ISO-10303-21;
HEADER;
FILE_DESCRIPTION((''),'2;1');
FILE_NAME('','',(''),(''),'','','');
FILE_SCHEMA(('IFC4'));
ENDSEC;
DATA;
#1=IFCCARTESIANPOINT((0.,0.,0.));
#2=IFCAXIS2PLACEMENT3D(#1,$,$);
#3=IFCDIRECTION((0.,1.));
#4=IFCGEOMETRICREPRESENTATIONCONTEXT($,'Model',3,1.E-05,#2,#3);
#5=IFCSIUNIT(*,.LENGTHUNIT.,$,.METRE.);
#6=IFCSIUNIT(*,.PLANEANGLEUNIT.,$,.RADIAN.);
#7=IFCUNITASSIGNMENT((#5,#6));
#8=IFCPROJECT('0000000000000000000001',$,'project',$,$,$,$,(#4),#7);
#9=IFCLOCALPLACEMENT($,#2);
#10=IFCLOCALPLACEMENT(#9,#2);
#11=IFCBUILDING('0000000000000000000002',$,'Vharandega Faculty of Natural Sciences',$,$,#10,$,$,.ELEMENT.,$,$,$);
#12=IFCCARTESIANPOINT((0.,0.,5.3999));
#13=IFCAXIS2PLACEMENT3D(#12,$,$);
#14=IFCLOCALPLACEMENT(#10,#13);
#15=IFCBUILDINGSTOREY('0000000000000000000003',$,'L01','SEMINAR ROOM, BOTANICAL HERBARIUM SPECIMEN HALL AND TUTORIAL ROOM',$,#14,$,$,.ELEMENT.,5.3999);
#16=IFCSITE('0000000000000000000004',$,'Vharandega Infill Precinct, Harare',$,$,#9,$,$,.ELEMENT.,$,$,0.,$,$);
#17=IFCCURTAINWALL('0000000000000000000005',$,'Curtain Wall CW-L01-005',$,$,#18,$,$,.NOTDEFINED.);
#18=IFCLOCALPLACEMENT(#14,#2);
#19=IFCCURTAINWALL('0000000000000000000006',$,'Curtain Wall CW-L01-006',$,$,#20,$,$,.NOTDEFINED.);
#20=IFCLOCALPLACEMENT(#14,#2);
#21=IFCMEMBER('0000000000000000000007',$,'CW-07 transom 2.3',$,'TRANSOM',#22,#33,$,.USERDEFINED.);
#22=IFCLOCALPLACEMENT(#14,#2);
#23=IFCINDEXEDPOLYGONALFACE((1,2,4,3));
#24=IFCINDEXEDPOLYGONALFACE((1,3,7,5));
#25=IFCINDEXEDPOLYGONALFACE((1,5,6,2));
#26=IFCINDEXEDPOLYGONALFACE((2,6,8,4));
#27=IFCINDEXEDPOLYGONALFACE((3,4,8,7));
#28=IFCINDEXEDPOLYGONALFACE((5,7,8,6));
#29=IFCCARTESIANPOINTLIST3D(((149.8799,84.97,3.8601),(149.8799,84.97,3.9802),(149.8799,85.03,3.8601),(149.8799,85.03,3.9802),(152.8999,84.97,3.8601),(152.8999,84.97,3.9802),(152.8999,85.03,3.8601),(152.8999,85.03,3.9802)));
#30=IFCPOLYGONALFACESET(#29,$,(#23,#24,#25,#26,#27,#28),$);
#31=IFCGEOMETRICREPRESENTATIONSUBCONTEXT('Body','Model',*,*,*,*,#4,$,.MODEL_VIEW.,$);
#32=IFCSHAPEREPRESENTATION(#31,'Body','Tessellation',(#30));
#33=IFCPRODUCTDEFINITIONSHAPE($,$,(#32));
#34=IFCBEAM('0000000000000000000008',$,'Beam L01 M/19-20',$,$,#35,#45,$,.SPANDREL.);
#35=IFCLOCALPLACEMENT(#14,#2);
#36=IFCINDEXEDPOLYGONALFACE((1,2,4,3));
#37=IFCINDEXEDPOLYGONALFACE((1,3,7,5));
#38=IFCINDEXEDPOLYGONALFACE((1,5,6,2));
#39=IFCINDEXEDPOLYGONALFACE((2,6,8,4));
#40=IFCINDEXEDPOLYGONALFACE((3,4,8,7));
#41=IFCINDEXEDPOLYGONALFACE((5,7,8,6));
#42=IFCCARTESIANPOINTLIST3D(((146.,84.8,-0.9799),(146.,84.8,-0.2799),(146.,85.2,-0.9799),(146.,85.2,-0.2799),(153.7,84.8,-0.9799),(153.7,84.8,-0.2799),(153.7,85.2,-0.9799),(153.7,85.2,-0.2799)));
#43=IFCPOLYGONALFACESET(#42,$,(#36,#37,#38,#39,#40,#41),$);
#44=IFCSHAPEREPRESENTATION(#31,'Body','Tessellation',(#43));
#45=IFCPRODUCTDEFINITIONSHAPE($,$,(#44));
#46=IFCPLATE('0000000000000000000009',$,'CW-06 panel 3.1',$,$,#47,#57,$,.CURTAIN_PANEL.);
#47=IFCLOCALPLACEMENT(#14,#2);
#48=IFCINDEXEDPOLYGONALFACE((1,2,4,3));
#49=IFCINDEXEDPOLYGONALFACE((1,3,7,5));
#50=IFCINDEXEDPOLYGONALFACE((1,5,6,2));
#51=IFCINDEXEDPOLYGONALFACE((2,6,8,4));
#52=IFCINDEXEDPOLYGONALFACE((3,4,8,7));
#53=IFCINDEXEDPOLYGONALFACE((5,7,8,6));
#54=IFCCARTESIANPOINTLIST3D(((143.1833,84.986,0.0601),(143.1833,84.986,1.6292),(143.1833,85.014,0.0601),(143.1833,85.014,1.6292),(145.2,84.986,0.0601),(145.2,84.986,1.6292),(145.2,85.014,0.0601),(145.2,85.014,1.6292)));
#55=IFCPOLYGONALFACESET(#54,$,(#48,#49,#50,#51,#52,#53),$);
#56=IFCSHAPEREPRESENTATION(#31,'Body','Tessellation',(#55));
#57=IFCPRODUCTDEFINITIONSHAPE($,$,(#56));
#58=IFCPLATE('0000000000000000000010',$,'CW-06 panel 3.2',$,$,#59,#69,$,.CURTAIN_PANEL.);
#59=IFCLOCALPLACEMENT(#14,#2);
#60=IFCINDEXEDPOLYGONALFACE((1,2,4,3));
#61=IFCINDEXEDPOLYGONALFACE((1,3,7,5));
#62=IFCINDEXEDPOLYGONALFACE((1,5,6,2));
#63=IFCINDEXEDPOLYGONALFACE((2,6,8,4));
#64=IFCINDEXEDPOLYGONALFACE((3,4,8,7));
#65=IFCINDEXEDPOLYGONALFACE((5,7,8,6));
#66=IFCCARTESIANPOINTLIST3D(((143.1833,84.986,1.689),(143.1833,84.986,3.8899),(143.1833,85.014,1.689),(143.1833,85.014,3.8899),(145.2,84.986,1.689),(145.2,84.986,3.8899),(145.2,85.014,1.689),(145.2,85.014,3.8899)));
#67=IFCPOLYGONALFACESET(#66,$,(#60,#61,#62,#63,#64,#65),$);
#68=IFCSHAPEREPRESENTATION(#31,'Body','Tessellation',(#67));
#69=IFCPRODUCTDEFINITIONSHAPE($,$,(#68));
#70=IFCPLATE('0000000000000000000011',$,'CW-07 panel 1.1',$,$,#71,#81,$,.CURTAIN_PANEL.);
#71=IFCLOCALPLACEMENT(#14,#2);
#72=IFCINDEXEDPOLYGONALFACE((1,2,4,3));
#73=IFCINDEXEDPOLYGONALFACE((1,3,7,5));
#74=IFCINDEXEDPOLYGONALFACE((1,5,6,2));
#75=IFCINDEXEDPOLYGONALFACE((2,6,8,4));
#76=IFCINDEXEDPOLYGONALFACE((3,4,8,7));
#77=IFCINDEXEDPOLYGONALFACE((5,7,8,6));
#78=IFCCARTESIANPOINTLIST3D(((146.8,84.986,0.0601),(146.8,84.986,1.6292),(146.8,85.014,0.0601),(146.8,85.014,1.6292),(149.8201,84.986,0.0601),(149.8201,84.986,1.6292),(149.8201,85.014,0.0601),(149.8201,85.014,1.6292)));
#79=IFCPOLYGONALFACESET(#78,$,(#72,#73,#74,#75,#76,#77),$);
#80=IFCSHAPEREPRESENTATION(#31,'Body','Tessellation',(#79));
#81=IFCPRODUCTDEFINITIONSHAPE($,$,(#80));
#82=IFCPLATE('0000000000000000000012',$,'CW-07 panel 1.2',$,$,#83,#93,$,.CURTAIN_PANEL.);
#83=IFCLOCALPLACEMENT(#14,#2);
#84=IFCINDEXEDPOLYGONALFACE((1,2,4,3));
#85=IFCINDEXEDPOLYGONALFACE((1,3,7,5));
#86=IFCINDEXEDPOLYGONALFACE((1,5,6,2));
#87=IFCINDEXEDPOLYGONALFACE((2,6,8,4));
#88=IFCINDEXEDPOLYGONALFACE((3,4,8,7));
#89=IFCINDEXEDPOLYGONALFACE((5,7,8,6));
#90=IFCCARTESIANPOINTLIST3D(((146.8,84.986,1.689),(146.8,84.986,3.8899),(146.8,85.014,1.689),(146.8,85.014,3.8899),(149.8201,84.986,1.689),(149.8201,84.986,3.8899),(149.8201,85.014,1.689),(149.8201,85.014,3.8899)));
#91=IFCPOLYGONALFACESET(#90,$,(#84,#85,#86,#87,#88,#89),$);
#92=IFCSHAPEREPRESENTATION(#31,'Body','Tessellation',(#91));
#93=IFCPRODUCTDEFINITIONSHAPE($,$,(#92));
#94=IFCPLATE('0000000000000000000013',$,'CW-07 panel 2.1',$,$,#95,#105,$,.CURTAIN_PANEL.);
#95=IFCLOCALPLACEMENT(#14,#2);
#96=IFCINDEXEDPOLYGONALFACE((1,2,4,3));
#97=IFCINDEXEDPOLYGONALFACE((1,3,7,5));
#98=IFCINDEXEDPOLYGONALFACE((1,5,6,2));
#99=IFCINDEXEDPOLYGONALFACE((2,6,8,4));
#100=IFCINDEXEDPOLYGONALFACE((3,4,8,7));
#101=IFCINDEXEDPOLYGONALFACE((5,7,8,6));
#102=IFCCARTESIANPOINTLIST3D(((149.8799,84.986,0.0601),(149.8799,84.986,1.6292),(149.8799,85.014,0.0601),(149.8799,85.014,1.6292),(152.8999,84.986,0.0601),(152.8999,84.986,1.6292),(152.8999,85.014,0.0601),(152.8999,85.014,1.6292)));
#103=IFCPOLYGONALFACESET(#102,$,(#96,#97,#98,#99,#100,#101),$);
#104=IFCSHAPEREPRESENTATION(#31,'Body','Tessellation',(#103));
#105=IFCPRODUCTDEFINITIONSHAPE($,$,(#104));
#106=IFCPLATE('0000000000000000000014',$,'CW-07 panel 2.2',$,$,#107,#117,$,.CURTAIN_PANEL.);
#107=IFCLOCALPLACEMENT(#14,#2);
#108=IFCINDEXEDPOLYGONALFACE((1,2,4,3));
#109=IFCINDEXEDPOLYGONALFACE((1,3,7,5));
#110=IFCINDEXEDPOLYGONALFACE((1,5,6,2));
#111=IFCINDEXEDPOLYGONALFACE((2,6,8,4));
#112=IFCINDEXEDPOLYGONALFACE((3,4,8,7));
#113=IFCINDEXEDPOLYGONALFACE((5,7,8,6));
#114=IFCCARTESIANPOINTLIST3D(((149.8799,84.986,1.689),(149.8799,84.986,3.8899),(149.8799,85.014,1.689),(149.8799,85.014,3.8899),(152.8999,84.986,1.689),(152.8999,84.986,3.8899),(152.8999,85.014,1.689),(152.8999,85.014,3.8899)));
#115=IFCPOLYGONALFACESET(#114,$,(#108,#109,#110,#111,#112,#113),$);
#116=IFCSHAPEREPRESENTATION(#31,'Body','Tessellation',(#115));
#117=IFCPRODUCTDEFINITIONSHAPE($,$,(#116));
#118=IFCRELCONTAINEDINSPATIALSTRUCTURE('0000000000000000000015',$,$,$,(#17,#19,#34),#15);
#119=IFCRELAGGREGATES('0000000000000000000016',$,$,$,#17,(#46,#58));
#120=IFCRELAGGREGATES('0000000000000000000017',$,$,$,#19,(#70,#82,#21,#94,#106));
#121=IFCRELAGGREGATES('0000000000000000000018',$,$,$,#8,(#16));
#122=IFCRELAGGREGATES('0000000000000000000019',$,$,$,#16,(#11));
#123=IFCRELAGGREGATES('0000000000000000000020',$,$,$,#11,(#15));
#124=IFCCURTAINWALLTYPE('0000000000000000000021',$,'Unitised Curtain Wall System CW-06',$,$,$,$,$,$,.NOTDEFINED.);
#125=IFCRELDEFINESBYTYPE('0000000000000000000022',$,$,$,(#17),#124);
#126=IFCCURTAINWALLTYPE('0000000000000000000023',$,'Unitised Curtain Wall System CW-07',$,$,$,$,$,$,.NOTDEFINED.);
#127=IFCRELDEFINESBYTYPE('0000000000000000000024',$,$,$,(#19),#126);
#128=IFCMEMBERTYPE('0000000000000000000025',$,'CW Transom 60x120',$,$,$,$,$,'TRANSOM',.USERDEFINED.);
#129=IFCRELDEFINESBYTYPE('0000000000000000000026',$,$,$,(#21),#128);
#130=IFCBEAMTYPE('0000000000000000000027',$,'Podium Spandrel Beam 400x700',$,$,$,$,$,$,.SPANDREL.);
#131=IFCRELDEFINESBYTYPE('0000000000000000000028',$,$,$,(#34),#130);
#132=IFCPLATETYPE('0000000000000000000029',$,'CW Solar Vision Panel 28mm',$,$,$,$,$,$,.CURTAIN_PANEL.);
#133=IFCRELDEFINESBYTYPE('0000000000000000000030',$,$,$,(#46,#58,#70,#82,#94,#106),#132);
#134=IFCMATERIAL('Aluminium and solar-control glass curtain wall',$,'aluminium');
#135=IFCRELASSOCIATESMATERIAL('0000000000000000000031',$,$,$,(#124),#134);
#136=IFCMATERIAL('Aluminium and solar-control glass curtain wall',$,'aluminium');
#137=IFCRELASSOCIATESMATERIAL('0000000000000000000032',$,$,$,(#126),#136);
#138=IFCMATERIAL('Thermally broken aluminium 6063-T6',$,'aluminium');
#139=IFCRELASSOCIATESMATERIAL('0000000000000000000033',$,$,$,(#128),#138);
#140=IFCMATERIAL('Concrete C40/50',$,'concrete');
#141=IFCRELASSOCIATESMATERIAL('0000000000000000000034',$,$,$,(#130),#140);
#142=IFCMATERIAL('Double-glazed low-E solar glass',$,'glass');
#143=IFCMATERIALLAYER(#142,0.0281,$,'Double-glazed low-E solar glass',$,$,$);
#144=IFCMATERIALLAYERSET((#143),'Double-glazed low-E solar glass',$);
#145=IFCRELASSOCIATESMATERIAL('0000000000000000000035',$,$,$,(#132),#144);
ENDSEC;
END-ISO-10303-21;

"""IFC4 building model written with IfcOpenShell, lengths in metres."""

from ifc_helpers import new_model, si_unit, direction, frame, origin, origin_2d, place, context, subcontext, project, spatial, rectangle, extrude, material, layer, layer_set, material_profile, profile_set, type_object, element, aggregate, save


model = new_model("IFC4")

# Units and contexts
model_context = context("Model", 3, precision=1e-05, world=origin(), true_north=direction((0.0, 1.0)))
body_context = subcontext(model_context, "Body", "Model", "MODEL_VIEW")
ifc_project = project(units=[si_unit("LENGTHUNIT", "METRE"), si_unit("PLANEANGLEUNIT", "RADIAN")], contexts=[model_context])

# Site, building, storey
site_placement = place(None, origin())
site = spatial("IfcSite", under=ifc_project, at=site_placement, Name="Vharandega Infill Precinct, Harare", CompositionType="ELEMENT", RefElevation=0.0)
building_placement = place(site_placement, origin())
building = spatial("IfcBuilding", under=site, at=building_placement, Name="Vharandega Faculty of Natural Sciences", CompositionType="ELEMENT")
storey_placement = place(building_placement, frame((0.0, 0.0, 5.3999)))
storey = spatial("IfcBuildingStorey", under=building, at=storey_placement, Name="L01", Description="SEMINAR ROOM, BOTANICAL HERBARIUM SPECIMEN HALL AND TUTORIAL ROOM", CompositionType="ELEMENT", Elevation=5.3999)

# Curtain walls
ifc_material_1 = material(Name="Aluminium and solar-control glass curtain wall", Category="aluminium")
curtain_wall_type_1 = type_object("IfcCurtainWallType", Name="Unitised Curtain Wall System CW-06", PredefinedType="NOTDEFINED", material=ifc_material_1)
curtain_wall_1_placement = place(storey_placement, origin())
curtain_wall_1 = element("IfcCurtainWall", 1, at=curtain_wall_1_placement, inside=storey, type_object=curtain_wall_type_1, Name="Curtain Wall CW-L01-005", PredefinedType="NOTDEFINED")
ifc_material_2 = material(Name="Aluminium and solar-control glass curtain wall", Category="aluminium")
curtain_wall_type_2 = type_object("IfcCurtainWallType", Name="Unitised Curtain Wall System CW-07", PredefinedType="NOTDEFINED", material=ifc_material_2)
curtain_wall_2_placement = place(storey_placement, origin())
curtain_wall_2 = element("IfcCurtainWall", 2, at=curtain_wall_2_placement, inside=storey, type_object=curtain_wall_type_2, Name="Curtain Wall CW-L01-006", PredefinedType="NOTDEFINED")

# Member
ifc_material_3 = material(Name="Thermally broken aluminium 6063-T6", Category="aluminium")
ifc_material_profile_1 = material_profile(ifc_material_3, rectangle(XDim=0.0601, YDim=0.1201, at=origin_2d()), Name="ALU 60x120")
ifc_profile_set_1 = profile_set([ifc_material_profile_1], Name="Thermally broken aluminium 6063-T6")
member_type_1 = type_object("IfcMemberType", Name="CW Transom 60x120", ElementType="TRANSOM", PredefinedType="USERDEFINED", material=ifc_profile_set_1)
member_1_placement = place(storey_placement, frame((149.8799, 85.0, 3.9202), z_axis=(1.0, 0.0, 0.0), x_axis=(0.0, 1.0, 0.0)))
member_1 = element("IfcMember", 3, at=member_1_placement, type_object=member_type_1, Name="CW-07 transom 2.3", ObjectType="TRANSOM", PredefinedType="USERDEFINED", context=body_context, shape_type="SweptSolid", body=[
    extrude(rectangle(XDim=0.0601, YDim=0.1201, at=origin_2d()), origin(), (0.0, 0.0, 1.0), 3.02),
])

# Beam
ifc_material_4 = material(Name="Concrete C40/50", Category="concrete")
ifc_material_profile_2 = material_profile(ifc_material_4, rectangle(XDim=0.3999, YDim=0.7, at=origin_2d()), Name="RC 400x700")
ifc_profile_set_2 = profile_set([ifc_material_profile_2], Name="Concrete C40/50")
beam_type = type_object("IfcBeamType", Name="Podium Spandrel Beam 400x700", PredefinedType="SPANDREL", material=ifc_profile_set_2)
beam_placement = place(storey_placement, frame((146.0, 85.0, -0.6299), z_axis=(1.0, 0.0, 0.0), x_axis=(0.0, 1.0, 0.0)))
element("IfcBeam", 4, at=beam_placement, inside=storey, type_object=beam_type, Name="Beam L01 M/19-20", PredefinedType="SPANDREL", context=body_context, shape_type="SweptSolid", body=[
    extrude(rectangle(XDim=0.3999, YDim=0.7, at=origin_2d()), origin(), (0.0, 0.0, 1.0), 7.7),
])

# Plates
ifc_material_5 = material(Name="Double-glazed low-E solar glass", Category="glass")
ifc_layer = layer(ifc_material_5, 0.0281, Name="Double-glazed low-E solar glass")
ifc_layer_set = layer_set([ifc_layer], Name="Double-glazed low-E solar glass")
plate_type = type_object("IfcPlateType", Name="CW Solar Vision Panel 28mm", PredefinedType="CURTAIN_PANEL", material=ifc_layer_set)
plate_1_placement = place(storey_placement, frame((144.1917, 85.0, 0.0601), z_axis=(0.0, 0.0, 1.0), x_axis=(1.0, 0.0, 0.0)))
plate_1 = element("IfcPlate", 5, at=plate_1_placement, type_object=plate_type, Name="CW-06 panel 3.1", PredefinedType="CURTAIN_PANEL", context=body_context, shape_type="SweptSolid", body=[
    extrude(rectangle(XDim=2.0166, YDim=0.0281, at=origin_2d()), origin(), (0.0, 0.0, 1.0), 1.5691),
])
plate_2_placement = place(storey_placement, frame((144.1917, 85.0, 1.689), z_axis=(0.0, 0.0, 1.0), x_axis=(1.0, 0.0, 0.0)))
plate_2 = element("IfcPlate", 6, at=plate_2_placement, type_object=plate_type, Name="CW-06 panel 3.2", PredefinedType="CURTAIN_PANEL", context=body_context, shape_type="SweptSolid", body=[
    extrude(rectangle(XDim=2.0166, YDim=0.0281, at=origin_2d()), origin(), (0.0, 0.0, 1.0), 2.2009),
])
aggregate(curtain_wall_1, [plate_1, plate_2])
plate_3_placement = place(storey_placement, frame((148.3101, 85.0, 0.0601), z_axis=(0.0, 0.0, 1.0), x_axis=(1.0, 0.0, 0.0)))
plate_3 = element("IfcPlate", 7, at=plate_3_placement, type_object=plate_type, Name="CW-07 panel 1.1", PredefinedType="CURTAIN_PANEL", context=body_context, shape_type="SweptSolid", body=[
    extrude(rectangle(XDim=3.02, YDim=0.0281, at=origin_2d()), origin(), (0.0, 0.0, 1.0), 1.5691),
])
plate_4_placement = place(storey_placement, frame((148.3101, 85.0, 1.689), z_axis=(0.0, 0.0, 1.0), x_axis=(1.0, 0.0, 0.0)))
plate_4 = element("IfcPlate", 8, at=plate_4_placement, type_object=plate_type, Name="CW-07 panel 1.2", PredefinedType="CURTAIN_PANEL", context=body_context, shape_type="SweptSolid", body=[
    extrude(rectangle(XDim=3.02, YDim=0.0281, at=origin_2d()), origin(), (0.0, 0.0, 1.0), 2.2009),
])
plate_5_placement = place(storey_placement, frame((151.3899, 85.0, 0.0601), z_axis=(0.0, 0.0, 1.0), x_axis=(1.0, 0.0, 0.0)))
plate_5 = element("IfcPlate", 9, at=plate_5_placement, type_object=plate_type, Name="CW-07 panel 2.1", PredefinedType="CURTAIN_PANEL", context=body_context, shape_type="SweptSolid", body=[
    extrude(rectangle(XDim=3.02, YDim=0.0281, at=origin_2d()), origin(), (0.0, 0.0, 1.0), 1.5691),
])
plate_6_placement = place(storey_placement, frame((151.3899, 85.0, 1.689), z_axis=(0.0, 0.0, 1.0), x_axis=(1.0, 0.0, 0.0)))
plate_6 = element("IfcPlate", 10, at=plate_6_placement, type_object=plate_type, Name="CW-07 panel 2.2", PredefinedType="CURTAIN_PANEL", context=body_context, shape_type="SweptSolid", body=[
    extrude(rectangle(XDim=3.02, YDim=0.0281, at=origin_2d()), origin(), (0.0, 0.0, 1.0), 2.2009),
])
aggregate(curtain_wall_2, [plate_3, plate_4, member_1, plate_5, plate_6])

save(model, "model.ifc")
